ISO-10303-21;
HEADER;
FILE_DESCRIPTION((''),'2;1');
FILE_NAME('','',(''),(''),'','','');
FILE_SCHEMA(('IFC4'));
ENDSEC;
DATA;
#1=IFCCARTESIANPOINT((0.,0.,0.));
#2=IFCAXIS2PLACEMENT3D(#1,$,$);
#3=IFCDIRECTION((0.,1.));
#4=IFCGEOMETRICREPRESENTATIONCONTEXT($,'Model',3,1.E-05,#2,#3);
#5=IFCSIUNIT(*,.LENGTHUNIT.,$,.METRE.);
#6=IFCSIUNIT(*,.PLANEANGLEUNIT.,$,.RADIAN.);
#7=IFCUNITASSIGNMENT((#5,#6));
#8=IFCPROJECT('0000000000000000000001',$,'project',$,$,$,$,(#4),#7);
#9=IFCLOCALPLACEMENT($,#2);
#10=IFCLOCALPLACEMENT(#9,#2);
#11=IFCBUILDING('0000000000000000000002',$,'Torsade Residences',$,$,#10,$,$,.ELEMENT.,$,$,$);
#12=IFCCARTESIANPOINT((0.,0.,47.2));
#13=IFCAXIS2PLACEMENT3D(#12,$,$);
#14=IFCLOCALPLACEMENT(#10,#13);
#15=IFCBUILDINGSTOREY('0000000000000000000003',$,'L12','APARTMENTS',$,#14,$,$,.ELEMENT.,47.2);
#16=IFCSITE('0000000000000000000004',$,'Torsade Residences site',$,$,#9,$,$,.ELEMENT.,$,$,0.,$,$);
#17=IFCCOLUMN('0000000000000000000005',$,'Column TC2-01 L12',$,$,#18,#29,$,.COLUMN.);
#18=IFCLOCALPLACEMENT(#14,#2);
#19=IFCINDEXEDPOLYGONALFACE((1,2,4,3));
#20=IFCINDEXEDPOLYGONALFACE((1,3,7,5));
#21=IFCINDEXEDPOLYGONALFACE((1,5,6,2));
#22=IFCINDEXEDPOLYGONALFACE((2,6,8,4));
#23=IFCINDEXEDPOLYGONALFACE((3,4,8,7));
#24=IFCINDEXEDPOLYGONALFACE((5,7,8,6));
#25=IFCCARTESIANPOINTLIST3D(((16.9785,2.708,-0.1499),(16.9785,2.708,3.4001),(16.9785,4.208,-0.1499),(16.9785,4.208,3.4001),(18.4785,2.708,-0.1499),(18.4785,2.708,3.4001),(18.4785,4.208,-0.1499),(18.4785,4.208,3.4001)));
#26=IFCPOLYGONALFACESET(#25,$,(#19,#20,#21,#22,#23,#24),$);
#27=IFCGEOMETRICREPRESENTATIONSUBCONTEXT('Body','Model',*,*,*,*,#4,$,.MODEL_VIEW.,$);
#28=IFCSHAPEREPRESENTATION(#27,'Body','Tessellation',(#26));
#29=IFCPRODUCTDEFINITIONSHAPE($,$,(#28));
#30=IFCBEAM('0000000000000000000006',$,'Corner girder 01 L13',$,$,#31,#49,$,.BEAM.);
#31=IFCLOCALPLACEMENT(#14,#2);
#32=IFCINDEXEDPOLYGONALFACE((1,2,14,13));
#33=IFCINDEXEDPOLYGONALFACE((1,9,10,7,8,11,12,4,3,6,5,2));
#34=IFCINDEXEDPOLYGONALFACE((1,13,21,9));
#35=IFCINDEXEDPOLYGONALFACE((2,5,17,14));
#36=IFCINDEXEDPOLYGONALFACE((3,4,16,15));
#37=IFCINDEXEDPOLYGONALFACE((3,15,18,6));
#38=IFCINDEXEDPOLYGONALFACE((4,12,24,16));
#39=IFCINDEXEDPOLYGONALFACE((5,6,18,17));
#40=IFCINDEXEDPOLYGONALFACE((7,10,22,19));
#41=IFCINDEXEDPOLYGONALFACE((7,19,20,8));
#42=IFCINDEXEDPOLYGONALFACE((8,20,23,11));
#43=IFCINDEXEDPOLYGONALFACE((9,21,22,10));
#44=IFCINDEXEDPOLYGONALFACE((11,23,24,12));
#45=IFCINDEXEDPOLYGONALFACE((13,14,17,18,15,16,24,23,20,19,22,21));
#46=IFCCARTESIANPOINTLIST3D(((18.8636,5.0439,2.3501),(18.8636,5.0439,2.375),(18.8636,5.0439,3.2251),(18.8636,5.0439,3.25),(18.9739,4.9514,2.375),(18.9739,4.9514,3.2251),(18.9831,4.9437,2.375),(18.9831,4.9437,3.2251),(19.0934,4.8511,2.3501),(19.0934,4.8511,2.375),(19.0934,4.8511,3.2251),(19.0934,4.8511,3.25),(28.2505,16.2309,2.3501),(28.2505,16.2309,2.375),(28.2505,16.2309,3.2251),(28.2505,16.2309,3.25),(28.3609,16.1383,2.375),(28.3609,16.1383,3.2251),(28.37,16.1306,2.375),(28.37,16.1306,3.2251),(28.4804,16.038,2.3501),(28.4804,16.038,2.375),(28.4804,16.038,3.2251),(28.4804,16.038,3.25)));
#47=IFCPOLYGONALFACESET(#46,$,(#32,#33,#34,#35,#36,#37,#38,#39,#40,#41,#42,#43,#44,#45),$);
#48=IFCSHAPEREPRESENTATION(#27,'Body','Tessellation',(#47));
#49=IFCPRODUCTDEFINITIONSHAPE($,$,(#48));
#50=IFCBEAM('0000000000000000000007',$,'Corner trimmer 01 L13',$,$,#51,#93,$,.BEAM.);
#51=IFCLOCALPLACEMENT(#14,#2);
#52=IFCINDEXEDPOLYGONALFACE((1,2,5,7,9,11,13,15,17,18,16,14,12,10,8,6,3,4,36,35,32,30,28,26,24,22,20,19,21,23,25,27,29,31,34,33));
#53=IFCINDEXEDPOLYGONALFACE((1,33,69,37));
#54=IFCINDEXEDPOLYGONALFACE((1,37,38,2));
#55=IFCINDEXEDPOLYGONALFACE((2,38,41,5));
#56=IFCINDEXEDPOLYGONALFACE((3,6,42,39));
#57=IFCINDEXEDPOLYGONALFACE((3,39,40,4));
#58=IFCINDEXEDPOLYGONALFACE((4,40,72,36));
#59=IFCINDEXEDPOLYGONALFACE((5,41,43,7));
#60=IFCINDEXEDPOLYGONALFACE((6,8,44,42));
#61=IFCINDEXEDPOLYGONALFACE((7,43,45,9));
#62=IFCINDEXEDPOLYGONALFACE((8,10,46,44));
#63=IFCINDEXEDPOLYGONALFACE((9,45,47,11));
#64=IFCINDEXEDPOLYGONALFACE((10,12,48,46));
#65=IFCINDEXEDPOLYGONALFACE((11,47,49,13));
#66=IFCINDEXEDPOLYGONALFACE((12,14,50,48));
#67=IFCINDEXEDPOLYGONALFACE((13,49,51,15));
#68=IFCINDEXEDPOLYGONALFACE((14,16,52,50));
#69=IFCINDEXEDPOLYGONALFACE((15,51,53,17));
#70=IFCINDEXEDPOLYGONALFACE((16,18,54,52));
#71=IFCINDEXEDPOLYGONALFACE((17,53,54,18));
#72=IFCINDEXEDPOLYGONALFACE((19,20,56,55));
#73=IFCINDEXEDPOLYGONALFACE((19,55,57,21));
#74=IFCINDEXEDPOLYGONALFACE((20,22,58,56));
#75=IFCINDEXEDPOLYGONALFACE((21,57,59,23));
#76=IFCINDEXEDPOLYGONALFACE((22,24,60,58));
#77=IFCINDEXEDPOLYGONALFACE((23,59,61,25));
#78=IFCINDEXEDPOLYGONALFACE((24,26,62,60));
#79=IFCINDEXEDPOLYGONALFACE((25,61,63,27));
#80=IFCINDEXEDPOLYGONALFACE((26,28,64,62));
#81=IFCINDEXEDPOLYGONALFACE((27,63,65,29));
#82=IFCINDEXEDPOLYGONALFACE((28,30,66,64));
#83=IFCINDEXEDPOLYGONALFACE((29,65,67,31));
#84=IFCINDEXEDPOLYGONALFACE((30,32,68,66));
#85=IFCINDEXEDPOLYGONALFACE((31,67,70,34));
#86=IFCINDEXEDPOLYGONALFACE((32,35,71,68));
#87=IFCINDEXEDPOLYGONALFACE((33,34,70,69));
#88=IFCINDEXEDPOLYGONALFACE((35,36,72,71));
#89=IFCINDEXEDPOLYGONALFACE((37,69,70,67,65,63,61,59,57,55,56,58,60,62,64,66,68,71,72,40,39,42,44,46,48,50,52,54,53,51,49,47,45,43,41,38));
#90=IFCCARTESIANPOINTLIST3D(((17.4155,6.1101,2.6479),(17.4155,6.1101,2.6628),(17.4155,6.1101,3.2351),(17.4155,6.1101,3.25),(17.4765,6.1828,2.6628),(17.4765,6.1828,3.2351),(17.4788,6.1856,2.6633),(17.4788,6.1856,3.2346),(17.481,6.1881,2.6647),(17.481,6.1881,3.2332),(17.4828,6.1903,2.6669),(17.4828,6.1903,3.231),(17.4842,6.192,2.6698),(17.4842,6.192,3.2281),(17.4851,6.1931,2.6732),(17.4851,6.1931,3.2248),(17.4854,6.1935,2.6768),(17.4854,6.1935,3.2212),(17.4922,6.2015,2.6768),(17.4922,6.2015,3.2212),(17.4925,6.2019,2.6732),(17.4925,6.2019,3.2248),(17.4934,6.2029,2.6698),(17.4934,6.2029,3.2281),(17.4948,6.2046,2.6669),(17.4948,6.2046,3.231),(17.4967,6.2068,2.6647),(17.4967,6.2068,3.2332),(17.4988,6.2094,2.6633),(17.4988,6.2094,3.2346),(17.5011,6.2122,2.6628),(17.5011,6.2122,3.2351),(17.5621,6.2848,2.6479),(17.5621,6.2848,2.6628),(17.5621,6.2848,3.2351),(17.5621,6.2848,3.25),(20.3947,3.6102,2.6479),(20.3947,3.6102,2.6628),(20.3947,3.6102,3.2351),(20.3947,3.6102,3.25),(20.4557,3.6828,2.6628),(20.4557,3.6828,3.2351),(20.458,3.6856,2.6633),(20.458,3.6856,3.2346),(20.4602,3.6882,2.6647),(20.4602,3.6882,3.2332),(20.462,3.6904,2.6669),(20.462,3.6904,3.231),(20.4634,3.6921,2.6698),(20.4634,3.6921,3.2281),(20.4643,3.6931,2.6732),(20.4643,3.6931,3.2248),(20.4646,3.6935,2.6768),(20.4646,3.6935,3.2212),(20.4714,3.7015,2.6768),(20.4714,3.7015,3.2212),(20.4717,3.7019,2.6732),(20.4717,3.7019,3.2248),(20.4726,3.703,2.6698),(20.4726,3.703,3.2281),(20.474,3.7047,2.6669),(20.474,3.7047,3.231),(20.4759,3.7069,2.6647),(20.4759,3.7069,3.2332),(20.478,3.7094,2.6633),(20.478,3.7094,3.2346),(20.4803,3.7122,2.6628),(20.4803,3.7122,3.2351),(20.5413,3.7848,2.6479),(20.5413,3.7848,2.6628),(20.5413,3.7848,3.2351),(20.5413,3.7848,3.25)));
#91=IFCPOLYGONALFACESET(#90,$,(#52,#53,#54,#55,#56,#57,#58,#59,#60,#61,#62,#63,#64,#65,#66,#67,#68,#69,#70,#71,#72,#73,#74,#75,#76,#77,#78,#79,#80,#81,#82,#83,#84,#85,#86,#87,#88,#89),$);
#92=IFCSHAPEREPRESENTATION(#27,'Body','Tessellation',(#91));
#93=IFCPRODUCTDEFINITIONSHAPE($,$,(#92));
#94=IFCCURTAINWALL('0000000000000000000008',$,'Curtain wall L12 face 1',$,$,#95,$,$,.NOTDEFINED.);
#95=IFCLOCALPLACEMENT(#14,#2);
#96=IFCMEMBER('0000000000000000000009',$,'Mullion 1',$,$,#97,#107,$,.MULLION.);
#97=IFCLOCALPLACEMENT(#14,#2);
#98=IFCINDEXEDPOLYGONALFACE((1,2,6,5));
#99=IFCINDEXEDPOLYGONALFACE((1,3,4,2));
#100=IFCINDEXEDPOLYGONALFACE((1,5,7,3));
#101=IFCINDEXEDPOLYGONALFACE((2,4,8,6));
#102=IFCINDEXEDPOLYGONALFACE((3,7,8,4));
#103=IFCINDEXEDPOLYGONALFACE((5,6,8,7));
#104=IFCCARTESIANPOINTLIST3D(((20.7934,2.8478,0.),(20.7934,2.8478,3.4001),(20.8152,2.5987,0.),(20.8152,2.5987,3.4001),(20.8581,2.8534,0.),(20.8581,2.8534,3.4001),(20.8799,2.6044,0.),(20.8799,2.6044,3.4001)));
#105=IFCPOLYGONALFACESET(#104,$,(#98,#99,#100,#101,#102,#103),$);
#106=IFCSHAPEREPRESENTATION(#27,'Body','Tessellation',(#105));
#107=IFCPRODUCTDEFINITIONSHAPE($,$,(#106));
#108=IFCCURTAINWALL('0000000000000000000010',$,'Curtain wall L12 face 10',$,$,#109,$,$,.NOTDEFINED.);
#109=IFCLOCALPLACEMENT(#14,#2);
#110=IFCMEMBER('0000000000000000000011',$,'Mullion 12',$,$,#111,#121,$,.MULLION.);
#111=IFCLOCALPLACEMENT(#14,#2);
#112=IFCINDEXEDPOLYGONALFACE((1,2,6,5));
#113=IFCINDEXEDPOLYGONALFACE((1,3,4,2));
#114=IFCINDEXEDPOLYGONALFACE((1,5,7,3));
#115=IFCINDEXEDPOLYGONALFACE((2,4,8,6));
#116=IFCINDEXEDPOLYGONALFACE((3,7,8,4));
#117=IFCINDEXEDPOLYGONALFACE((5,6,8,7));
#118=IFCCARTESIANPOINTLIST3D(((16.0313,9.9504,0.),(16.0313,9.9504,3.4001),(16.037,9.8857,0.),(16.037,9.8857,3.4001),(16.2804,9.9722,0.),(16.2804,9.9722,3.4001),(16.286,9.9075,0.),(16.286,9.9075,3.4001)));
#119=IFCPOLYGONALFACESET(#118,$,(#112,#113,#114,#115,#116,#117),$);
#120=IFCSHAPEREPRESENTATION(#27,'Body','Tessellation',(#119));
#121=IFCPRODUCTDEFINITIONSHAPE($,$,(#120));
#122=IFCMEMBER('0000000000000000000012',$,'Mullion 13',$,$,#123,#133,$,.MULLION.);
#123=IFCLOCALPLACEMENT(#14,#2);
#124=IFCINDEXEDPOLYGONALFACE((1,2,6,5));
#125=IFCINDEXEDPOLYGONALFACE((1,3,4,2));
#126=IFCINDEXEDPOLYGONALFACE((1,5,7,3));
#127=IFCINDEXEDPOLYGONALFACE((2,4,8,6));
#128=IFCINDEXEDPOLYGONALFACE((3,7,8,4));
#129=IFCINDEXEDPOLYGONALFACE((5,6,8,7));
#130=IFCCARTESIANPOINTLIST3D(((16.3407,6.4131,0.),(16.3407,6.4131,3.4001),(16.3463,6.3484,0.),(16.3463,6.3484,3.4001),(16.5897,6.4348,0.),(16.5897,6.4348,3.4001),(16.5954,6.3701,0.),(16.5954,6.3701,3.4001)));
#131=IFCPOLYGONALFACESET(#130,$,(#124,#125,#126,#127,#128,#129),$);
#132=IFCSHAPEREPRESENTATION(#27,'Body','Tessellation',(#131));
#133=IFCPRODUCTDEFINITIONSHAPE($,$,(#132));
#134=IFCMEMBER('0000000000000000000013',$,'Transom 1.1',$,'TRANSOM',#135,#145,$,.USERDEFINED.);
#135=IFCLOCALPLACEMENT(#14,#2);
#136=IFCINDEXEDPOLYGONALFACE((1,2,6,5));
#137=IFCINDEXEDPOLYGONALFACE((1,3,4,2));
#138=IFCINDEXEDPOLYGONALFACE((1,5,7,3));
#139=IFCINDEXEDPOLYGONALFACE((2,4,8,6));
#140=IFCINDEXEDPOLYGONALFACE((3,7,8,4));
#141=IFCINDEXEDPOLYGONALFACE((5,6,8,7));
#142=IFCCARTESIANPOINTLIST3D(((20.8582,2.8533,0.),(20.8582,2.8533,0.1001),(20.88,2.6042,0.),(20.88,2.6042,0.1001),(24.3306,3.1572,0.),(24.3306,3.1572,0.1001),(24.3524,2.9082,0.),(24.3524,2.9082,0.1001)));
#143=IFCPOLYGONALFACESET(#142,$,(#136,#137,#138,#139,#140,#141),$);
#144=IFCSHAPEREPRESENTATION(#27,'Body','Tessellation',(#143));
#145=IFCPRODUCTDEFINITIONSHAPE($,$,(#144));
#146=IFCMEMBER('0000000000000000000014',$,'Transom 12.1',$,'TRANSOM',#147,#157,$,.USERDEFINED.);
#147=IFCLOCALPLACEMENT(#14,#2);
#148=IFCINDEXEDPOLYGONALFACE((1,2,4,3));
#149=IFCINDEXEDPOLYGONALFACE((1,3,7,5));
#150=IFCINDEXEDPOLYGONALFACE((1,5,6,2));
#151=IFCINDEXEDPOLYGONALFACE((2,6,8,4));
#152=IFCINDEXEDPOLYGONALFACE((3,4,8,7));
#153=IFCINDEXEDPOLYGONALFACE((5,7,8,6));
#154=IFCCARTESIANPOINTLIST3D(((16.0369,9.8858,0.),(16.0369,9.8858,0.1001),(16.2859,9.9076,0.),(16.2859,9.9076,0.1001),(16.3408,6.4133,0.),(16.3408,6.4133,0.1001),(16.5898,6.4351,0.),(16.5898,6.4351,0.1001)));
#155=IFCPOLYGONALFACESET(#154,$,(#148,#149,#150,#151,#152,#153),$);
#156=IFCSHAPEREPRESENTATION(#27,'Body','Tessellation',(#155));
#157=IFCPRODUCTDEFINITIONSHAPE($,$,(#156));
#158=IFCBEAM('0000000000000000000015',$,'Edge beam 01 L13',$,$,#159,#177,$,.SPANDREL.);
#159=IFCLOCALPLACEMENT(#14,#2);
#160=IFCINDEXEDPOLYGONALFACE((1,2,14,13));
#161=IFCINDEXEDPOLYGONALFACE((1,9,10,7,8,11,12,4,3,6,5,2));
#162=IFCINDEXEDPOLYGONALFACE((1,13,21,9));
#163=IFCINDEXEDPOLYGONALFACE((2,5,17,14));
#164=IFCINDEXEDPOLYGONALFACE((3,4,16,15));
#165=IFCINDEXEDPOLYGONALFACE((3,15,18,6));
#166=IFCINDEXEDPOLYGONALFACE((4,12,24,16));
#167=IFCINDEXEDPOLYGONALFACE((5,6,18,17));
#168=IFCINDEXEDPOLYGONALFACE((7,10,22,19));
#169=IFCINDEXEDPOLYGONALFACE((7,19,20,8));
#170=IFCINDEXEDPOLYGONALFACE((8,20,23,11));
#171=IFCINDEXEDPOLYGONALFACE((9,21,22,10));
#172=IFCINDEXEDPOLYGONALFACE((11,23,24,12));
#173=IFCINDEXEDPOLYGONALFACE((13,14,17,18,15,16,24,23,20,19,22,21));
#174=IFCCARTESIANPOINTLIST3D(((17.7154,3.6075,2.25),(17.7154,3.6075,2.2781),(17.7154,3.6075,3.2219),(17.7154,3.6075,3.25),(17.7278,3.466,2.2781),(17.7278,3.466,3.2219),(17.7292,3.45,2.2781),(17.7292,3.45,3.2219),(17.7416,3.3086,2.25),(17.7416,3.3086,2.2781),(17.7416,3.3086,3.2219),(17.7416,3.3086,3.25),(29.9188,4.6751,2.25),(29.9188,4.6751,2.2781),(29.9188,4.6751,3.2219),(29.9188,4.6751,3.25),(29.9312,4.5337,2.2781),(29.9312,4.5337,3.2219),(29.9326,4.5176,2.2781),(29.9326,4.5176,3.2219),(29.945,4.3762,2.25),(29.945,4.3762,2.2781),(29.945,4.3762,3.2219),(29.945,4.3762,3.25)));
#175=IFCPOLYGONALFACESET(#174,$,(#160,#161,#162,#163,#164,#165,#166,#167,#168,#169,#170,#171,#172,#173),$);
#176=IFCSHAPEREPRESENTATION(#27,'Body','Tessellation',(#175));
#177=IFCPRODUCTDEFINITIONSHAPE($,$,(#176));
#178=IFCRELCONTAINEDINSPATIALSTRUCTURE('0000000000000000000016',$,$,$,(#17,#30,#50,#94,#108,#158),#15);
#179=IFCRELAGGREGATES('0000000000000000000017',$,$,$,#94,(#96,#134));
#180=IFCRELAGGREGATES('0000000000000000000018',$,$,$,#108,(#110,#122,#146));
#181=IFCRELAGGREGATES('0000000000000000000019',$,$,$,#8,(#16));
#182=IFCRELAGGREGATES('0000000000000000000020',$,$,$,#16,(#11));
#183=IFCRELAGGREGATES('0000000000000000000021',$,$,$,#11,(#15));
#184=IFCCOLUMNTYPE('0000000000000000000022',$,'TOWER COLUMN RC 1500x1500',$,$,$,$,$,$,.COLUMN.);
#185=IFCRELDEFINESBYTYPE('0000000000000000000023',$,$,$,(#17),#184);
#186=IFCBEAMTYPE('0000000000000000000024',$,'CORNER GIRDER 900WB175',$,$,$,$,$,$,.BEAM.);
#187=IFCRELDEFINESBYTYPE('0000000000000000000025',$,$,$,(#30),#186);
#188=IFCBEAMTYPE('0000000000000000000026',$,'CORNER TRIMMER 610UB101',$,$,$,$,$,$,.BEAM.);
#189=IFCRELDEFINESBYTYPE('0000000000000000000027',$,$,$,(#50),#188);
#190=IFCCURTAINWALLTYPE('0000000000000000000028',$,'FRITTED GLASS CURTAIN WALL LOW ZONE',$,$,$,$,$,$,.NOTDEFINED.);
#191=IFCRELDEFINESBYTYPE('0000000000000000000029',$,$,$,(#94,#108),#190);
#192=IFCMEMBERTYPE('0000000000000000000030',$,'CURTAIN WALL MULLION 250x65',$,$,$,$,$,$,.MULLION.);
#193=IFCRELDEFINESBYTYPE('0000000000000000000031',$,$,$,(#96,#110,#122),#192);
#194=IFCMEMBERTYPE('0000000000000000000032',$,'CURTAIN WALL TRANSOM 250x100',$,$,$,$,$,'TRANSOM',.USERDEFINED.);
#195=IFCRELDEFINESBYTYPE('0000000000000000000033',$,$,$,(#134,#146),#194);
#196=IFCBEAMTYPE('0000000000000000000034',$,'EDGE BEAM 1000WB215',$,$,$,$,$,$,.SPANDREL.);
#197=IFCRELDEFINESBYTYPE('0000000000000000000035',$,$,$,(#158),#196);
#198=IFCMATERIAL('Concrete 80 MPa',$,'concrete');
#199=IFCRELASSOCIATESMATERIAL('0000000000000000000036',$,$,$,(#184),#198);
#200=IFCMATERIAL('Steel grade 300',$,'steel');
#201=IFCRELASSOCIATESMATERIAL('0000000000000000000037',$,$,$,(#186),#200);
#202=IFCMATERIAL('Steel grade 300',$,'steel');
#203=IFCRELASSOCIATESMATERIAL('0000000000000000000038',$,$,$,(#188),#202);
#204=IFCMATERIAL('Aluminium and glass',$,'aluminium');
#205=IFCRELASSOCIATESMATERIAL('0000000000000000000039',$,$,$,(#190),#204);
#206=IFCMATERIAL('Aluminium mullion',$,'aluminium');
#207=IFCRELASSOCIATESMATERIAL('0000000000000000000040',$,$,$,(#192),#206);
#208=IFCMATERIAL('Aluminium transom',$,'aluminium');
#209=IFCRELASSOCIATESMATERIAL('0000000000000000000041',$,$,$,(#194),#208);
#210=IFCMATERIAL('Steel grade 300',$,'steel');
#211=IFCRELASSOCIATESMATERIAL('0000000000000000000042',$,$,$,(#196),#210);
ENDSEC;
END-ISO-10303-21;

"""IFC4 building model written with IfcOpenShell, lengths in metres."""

from ifc_helpers import new_model, si_unit, direction, frame, origin, origin_2d, place, context, subcontext, project, spatial, rectangle, i_section, extrude, material, material_profile, profile_set, type_object, element, aggregate, save


model = new_model("IFC4")

# Units and contexts
model_context = context("Model", 3, precision=1e-05, world=origin(), true_north=direction((0.0, 1.0)))
body_context = subcontext(model_context, "Body", "Model", "MODEL_VIEW")
ifc_project = project(units=[si_unit("LENGTHUNIT", "METRE"), si_unit("PLANEANGLEUNIT", "RADIAN")], contexts=[model_context])

# Site, building, storey
site_placement = place(None, origin())
site = spatial("IfcSite", under=ifc_project, at=site_placement, Name="Torsade Residences site", CompositionType="ELEMENT", RefElevation=0.0)
building_placement = place(site_placement, origin())
building = spatial("IfcBuilding", under=site, at=building_placement, Name="Torsade Residences", CompositionType="ELEMENT")
storey_placement = place(building_placement, frame((0.0, 0.0, 47.2)))
storey = spatial("IfcBuildingStorey", under=building, at=storey_placement, Name="L12", Description="APARTMENTS", CompositionType="ELEMENT", Elevation=47.2)

# Column
ifc_material_1 = material(Name="Concrete 80 MPa", Category="concrete")
ifc_material_profile_1 = material_profile(ifc_material_1, rectangle(XDim=1.5, YDim=1.5, at=origin_2d()), Name="RC 1500x1500")
ifc_profile_set_1 = profile_set([ifc_material_profile_1], Name="Concrete 80 MPa")
column_type = type_object("IfcColumnType", Name="TOWER COLUMN RC 1500x1500", PredefinedType="COLUMN", material=ifc_profile_set_1)
column_placement = place(storey_placement, frame((17.7285, 3.458, -0.1499), z_axis=(0.0, 0.0, 1.0), x_axis=(1.0, 0.0, 0.0)))
element("IfcColumn", 1, at=column_placement, inside=storey, type_object=column_type, Name="Column TC2-01 L12", PredefinedType="COLUMN", context=body_context, shape_type="SweptSolid", body=[
    extrude(rectangle(XDim=1.5, YDim=1.5, at=origin_2d()), origin(), (0.0, 0.0, 1.0), 3.55),
])

# Beams
ifc_material_2 = material(Name="Steel grade 300", Category="steel")
ifc_material_profile_2 = material_profile(ifc_material_2, i_section(OverallWidth=0.3, OverallDepth=0.8999, WebThickness=0.012, FlangeThickness=0.0249, at=origin_2d()), Name="900WB175")
ifc_profile_set_2 = profile_set([ifc_material_profile_2], Name="Steel grade 300")
beam_type_1 = type_object("IfcBeamType", Name="CORNER GIRDER 900WB175", PredefinedType="BEAM", material=ifc_profile_set_2)
beam_1_placement = place(storey_placement, frame((18.9785, 4.9475, 2.8), z_axis=(0.642785, 0.766046, 0.0), x_axis=(-0.766046, 0.642785, 0.0)))
element("IfcBeam", 2, at=beam_1_placement, inside=storey, type_object=beam_type_1, Name="Corner girder 01 L13", PredefinedType="BEAM", context=body_context, shape_type="SweptSolid", body=[
    extrude(i_section(OverallWidth=0.3, OverallDepth=0.8999, WebThickness=0.012, FlangeThickness=0.0249, at=origin_2d()), origin(), (0.0, 0.0, 1.0), 14.6035),
])
ifc_material_3 = material(Name="Steel grade 300", Category="steel")
ifc_material_profile_3 = material_profile(ifc_material_3, i_section(OverallWidth=0.228, OverallDepth=0.6021, WebThickness=0.0105, FlangeThickness=0.0149, FilletRadius=0.0139, at=origin_2d()), Name="610UB101")
ifc_profile_set_3 = profile_set([ifc_material_profile_3], Name="Steel grade 300")
beam_type_2 = type_object("IfcBeamType", Name="CORNER TRIMMER 610UB101", PredefinedType="BEAM", material=ifc_profile_set_3)
beam_2_placement = place(storey_placement, frame((20.468, 3.6975, 2.949), z_axis=(-0.76603, 0.642805, 0.0), x_axis=(-0.642805, -0.76603, 0.0)))
element("IfcBeam", 3, at=beam_2_placement, inside=storey, type_object=beam_type_2, Name="Corner trimmer 01 L13", PredefinedType="BEAM", context=body_context, shape_type="SweptSolid", body=[
    extrude(i_section(OverallWidth=0.228, OverallDepth=0.6021, WebThickness=0.0105, FlangeThickness=0.0149, FilletRadius=0.0139, at=origin_2d()), origin(), (0.0, 0.0, 1.0), 3.8892),
])

# Curtain wall, member
ifc_material_4 = material(Name="Aluminium and glass", Category="aluminium")
curtain_wall_type = type_object("IfcCurtainWallType", Name="FRITTED GLASS CURTAIN WALL LOW ZONE", PredefinedType="NOTDEFINED", material=ifc_material_4)
curtain_wall_1_placement = place(storey_placement, origin())
curtain_wall_1 = element("IfcCurtainWall", 4, at=curtain_wall_1_placement, inside=storey, type_object=curtain_wall_type, Name="Curtain wall L12 face 1", PredefinedType="NOTDEFINED")
ifc_material_5 = material(Name="Aluminium mullion", Category="aluminium")
ifc_material_profile_4 = material_profile(ifc_material_5, rectangle(XDim=0.25, YDim=0.0649, at=origin_2d()), Name="CURTAIN WALL MULLION 250x65")
ifc_profile_set_4 = profile_set([ifc_material_profile_4], Name="Aluminium mullion")
member_type_1 = type_object("IfcMemberType", Name="CURTAIN WALL MULLION 250x65", PredefinedType="MULLION", material=ifc_profile_set_4)
member_1_placement = place(storey_placement, frame((20.8367, 2.7261, 0.0), z_axis=(0.0, 0.0, 1.0), x_axis=(-0.087156, 0.996195, 0.0)))
member_1 = element("IfcMember", 5, at=member_1_placement, type_object=member_type_1, Name="Mullion 1", PredefinedType="MULLION", context=body_context, shape_type="SweptSolid", body=[
    extrude(rectangle(XDim=0.25, YDim=0.0649, at=origin_2d()), origin(), (0.0, 0.0, 1.0), 3.4001),
])

# Curtain wall, members
curtain_wall_2_placement = place(storey_placement, origin())
curtain_wall_2 = element("IfcCurtainWall", 6, at=curtain_wall_2_placement, inside=storey, type_object=curtain_wall_type, Name="Curtain wall L12 face 10", PredefinedType="NOTDEFINED")
member_2_placement = place(storey_placement, frame((16.1587, 9.929, 0.0), z_axis=(0.0, 0.0, 1.0), x_axis=(0.996195, 0.087156, 0.0)))
member_2 = element("IfcMember", 7, at=member_2_placement, type_object=member_type_1, Name="Mullion 12", PredefinedType="MULLION", context=body_context, shape_type="SweptSolid", body=[
    extrude(rectangle(XDim=0.25, YDim=0.0649, at=origin_2d()), origin(), (0.0, 0.0, 1.0), 3.4001),
])
member_3_placement = place(storey_placement, frame((16.468, 6.3916, 0.0), z_axis=(0.0, 0.0, 1.0), x_axis=(0.996195, 0.087156, 0.0)))
member_3 = element("IfcMember", 8, at=member_3_placement, type_object=member_type_1, Name="Mullion 13", PredefinedType="MULLION", context=body_context, shape_type="SweptSolid", body=[
    extrude(rectangle(XDim=0.25, YDim=0.0649, at=origin_2d()), origin(), (0.0, 0.0, 1.0), 3.4001),
])

# Members
ifc_material_6 = material(Name="Aluminium transom", Category="aluminium")
ifc_material_profile_5 = material_profile(ifc_material_6, rectangle(XDim=0.25, YDim=0.1001, at=origin_2d()), Name="CURTAIN WALL TRANSOM 250x100")
ifc_profile_set_5 = profile_set([ifc_material_profile_5], Name="Aluminium transom")
member_type_2 = type_object("IfcMemberType", Name="CURTAIN WALL TRANSOM 250x100", ElementType="TRANSOM", PredefinedType="USERDEFINED", material=ifc_profile_set_5)
member_4_placement = place(storey_placement, frame((20.8691, 2.7288, 0.05), z_axis=(0.996191, 0.087201, 0.0), x_axis=(-0.087201, 0.996191, 0.0)))
member_4 = element("IfcMember", 9, at=member_4_placement, type_object=member_type_2, Name="Transom 1.1", ObjectType="TRANSOM", PredefinedType="USERDEFINED", context=body_context, shape_type="SweptSolid", body=[
    extrude(rectangle(XDim=0.25, YDim=0.1001, at=origin_2d()), origin(), (0.0, 0.0, 1.0), 3.4856),
])
member_5_placement = place(storey_placement, frame((16.1614, 9.8967, 0.05), z_axis=(0.087195, -0.996191, 0.0), x_axis=(0.996191, 0.087195, 0.0)))
member_5 = element("IfcMember", 10, at=member_5_placement, type_object=member_type_2, Name="Transom 12.1", ObjectType="TRANSOM", PredefinedType="USERDEFINED", context=body_context, shape_type="SweptSolid", body=[
    extrude(rectangle(XDim=0.25, YDim=0.1001, at=origin_2d()), origin(), (0.0, 0.0, 1.0), 3.4858),
])

# Beam
ifc_material_7 = material(Name="Steel grade 300", Category="steel")
ifc_material_profile_6 = material_profile(ifc_material_7, i_section(OverallWidth=0.3, OverallDepth=1.0, WebThickness=0.0161, FlangeThickness=0.0281, at=origin_2d()), Name="1000WB215")
ifc_profile_set_6 = profile_set([ifc_material_profile_6], Name="Steel grade 300")
beam_type_3 = type_object("IfcBeamType", Name="EDGE BEAM 1000WB215", PredefinedType="SPANDREL", material=ifc_profile_set_6)
beam_3_placement = place(storey_placement, frame((17.7285, 3.458, 2.75), z_axis=(0.996195, 0.087153, 0.0), x_axis=(-0.087153, 0.996195, 0.0)))
element("IfcBeam", 11, at=beam_3_placement, inside=storey, type_object=beam_type_3, Name="Edge beam 01 L13", PredefinedType="SPANDREL", context=body_context, shape_type="SweptSolid", body=[
    extrude(i_section(OverallWidth=0.3, OverallDepth=1.0, WebThickness=0.0161, FlangeThickness=0.0281, at=origin_2d()), origin(), (0.0, 0.0, 1.0), 12.25),
])

aggregate(curtain_wall_1, [member_1, member_4])
aggregate(curtain_wall_2, [member_2, member_3, member_5])

save(model, "model.ifc")
